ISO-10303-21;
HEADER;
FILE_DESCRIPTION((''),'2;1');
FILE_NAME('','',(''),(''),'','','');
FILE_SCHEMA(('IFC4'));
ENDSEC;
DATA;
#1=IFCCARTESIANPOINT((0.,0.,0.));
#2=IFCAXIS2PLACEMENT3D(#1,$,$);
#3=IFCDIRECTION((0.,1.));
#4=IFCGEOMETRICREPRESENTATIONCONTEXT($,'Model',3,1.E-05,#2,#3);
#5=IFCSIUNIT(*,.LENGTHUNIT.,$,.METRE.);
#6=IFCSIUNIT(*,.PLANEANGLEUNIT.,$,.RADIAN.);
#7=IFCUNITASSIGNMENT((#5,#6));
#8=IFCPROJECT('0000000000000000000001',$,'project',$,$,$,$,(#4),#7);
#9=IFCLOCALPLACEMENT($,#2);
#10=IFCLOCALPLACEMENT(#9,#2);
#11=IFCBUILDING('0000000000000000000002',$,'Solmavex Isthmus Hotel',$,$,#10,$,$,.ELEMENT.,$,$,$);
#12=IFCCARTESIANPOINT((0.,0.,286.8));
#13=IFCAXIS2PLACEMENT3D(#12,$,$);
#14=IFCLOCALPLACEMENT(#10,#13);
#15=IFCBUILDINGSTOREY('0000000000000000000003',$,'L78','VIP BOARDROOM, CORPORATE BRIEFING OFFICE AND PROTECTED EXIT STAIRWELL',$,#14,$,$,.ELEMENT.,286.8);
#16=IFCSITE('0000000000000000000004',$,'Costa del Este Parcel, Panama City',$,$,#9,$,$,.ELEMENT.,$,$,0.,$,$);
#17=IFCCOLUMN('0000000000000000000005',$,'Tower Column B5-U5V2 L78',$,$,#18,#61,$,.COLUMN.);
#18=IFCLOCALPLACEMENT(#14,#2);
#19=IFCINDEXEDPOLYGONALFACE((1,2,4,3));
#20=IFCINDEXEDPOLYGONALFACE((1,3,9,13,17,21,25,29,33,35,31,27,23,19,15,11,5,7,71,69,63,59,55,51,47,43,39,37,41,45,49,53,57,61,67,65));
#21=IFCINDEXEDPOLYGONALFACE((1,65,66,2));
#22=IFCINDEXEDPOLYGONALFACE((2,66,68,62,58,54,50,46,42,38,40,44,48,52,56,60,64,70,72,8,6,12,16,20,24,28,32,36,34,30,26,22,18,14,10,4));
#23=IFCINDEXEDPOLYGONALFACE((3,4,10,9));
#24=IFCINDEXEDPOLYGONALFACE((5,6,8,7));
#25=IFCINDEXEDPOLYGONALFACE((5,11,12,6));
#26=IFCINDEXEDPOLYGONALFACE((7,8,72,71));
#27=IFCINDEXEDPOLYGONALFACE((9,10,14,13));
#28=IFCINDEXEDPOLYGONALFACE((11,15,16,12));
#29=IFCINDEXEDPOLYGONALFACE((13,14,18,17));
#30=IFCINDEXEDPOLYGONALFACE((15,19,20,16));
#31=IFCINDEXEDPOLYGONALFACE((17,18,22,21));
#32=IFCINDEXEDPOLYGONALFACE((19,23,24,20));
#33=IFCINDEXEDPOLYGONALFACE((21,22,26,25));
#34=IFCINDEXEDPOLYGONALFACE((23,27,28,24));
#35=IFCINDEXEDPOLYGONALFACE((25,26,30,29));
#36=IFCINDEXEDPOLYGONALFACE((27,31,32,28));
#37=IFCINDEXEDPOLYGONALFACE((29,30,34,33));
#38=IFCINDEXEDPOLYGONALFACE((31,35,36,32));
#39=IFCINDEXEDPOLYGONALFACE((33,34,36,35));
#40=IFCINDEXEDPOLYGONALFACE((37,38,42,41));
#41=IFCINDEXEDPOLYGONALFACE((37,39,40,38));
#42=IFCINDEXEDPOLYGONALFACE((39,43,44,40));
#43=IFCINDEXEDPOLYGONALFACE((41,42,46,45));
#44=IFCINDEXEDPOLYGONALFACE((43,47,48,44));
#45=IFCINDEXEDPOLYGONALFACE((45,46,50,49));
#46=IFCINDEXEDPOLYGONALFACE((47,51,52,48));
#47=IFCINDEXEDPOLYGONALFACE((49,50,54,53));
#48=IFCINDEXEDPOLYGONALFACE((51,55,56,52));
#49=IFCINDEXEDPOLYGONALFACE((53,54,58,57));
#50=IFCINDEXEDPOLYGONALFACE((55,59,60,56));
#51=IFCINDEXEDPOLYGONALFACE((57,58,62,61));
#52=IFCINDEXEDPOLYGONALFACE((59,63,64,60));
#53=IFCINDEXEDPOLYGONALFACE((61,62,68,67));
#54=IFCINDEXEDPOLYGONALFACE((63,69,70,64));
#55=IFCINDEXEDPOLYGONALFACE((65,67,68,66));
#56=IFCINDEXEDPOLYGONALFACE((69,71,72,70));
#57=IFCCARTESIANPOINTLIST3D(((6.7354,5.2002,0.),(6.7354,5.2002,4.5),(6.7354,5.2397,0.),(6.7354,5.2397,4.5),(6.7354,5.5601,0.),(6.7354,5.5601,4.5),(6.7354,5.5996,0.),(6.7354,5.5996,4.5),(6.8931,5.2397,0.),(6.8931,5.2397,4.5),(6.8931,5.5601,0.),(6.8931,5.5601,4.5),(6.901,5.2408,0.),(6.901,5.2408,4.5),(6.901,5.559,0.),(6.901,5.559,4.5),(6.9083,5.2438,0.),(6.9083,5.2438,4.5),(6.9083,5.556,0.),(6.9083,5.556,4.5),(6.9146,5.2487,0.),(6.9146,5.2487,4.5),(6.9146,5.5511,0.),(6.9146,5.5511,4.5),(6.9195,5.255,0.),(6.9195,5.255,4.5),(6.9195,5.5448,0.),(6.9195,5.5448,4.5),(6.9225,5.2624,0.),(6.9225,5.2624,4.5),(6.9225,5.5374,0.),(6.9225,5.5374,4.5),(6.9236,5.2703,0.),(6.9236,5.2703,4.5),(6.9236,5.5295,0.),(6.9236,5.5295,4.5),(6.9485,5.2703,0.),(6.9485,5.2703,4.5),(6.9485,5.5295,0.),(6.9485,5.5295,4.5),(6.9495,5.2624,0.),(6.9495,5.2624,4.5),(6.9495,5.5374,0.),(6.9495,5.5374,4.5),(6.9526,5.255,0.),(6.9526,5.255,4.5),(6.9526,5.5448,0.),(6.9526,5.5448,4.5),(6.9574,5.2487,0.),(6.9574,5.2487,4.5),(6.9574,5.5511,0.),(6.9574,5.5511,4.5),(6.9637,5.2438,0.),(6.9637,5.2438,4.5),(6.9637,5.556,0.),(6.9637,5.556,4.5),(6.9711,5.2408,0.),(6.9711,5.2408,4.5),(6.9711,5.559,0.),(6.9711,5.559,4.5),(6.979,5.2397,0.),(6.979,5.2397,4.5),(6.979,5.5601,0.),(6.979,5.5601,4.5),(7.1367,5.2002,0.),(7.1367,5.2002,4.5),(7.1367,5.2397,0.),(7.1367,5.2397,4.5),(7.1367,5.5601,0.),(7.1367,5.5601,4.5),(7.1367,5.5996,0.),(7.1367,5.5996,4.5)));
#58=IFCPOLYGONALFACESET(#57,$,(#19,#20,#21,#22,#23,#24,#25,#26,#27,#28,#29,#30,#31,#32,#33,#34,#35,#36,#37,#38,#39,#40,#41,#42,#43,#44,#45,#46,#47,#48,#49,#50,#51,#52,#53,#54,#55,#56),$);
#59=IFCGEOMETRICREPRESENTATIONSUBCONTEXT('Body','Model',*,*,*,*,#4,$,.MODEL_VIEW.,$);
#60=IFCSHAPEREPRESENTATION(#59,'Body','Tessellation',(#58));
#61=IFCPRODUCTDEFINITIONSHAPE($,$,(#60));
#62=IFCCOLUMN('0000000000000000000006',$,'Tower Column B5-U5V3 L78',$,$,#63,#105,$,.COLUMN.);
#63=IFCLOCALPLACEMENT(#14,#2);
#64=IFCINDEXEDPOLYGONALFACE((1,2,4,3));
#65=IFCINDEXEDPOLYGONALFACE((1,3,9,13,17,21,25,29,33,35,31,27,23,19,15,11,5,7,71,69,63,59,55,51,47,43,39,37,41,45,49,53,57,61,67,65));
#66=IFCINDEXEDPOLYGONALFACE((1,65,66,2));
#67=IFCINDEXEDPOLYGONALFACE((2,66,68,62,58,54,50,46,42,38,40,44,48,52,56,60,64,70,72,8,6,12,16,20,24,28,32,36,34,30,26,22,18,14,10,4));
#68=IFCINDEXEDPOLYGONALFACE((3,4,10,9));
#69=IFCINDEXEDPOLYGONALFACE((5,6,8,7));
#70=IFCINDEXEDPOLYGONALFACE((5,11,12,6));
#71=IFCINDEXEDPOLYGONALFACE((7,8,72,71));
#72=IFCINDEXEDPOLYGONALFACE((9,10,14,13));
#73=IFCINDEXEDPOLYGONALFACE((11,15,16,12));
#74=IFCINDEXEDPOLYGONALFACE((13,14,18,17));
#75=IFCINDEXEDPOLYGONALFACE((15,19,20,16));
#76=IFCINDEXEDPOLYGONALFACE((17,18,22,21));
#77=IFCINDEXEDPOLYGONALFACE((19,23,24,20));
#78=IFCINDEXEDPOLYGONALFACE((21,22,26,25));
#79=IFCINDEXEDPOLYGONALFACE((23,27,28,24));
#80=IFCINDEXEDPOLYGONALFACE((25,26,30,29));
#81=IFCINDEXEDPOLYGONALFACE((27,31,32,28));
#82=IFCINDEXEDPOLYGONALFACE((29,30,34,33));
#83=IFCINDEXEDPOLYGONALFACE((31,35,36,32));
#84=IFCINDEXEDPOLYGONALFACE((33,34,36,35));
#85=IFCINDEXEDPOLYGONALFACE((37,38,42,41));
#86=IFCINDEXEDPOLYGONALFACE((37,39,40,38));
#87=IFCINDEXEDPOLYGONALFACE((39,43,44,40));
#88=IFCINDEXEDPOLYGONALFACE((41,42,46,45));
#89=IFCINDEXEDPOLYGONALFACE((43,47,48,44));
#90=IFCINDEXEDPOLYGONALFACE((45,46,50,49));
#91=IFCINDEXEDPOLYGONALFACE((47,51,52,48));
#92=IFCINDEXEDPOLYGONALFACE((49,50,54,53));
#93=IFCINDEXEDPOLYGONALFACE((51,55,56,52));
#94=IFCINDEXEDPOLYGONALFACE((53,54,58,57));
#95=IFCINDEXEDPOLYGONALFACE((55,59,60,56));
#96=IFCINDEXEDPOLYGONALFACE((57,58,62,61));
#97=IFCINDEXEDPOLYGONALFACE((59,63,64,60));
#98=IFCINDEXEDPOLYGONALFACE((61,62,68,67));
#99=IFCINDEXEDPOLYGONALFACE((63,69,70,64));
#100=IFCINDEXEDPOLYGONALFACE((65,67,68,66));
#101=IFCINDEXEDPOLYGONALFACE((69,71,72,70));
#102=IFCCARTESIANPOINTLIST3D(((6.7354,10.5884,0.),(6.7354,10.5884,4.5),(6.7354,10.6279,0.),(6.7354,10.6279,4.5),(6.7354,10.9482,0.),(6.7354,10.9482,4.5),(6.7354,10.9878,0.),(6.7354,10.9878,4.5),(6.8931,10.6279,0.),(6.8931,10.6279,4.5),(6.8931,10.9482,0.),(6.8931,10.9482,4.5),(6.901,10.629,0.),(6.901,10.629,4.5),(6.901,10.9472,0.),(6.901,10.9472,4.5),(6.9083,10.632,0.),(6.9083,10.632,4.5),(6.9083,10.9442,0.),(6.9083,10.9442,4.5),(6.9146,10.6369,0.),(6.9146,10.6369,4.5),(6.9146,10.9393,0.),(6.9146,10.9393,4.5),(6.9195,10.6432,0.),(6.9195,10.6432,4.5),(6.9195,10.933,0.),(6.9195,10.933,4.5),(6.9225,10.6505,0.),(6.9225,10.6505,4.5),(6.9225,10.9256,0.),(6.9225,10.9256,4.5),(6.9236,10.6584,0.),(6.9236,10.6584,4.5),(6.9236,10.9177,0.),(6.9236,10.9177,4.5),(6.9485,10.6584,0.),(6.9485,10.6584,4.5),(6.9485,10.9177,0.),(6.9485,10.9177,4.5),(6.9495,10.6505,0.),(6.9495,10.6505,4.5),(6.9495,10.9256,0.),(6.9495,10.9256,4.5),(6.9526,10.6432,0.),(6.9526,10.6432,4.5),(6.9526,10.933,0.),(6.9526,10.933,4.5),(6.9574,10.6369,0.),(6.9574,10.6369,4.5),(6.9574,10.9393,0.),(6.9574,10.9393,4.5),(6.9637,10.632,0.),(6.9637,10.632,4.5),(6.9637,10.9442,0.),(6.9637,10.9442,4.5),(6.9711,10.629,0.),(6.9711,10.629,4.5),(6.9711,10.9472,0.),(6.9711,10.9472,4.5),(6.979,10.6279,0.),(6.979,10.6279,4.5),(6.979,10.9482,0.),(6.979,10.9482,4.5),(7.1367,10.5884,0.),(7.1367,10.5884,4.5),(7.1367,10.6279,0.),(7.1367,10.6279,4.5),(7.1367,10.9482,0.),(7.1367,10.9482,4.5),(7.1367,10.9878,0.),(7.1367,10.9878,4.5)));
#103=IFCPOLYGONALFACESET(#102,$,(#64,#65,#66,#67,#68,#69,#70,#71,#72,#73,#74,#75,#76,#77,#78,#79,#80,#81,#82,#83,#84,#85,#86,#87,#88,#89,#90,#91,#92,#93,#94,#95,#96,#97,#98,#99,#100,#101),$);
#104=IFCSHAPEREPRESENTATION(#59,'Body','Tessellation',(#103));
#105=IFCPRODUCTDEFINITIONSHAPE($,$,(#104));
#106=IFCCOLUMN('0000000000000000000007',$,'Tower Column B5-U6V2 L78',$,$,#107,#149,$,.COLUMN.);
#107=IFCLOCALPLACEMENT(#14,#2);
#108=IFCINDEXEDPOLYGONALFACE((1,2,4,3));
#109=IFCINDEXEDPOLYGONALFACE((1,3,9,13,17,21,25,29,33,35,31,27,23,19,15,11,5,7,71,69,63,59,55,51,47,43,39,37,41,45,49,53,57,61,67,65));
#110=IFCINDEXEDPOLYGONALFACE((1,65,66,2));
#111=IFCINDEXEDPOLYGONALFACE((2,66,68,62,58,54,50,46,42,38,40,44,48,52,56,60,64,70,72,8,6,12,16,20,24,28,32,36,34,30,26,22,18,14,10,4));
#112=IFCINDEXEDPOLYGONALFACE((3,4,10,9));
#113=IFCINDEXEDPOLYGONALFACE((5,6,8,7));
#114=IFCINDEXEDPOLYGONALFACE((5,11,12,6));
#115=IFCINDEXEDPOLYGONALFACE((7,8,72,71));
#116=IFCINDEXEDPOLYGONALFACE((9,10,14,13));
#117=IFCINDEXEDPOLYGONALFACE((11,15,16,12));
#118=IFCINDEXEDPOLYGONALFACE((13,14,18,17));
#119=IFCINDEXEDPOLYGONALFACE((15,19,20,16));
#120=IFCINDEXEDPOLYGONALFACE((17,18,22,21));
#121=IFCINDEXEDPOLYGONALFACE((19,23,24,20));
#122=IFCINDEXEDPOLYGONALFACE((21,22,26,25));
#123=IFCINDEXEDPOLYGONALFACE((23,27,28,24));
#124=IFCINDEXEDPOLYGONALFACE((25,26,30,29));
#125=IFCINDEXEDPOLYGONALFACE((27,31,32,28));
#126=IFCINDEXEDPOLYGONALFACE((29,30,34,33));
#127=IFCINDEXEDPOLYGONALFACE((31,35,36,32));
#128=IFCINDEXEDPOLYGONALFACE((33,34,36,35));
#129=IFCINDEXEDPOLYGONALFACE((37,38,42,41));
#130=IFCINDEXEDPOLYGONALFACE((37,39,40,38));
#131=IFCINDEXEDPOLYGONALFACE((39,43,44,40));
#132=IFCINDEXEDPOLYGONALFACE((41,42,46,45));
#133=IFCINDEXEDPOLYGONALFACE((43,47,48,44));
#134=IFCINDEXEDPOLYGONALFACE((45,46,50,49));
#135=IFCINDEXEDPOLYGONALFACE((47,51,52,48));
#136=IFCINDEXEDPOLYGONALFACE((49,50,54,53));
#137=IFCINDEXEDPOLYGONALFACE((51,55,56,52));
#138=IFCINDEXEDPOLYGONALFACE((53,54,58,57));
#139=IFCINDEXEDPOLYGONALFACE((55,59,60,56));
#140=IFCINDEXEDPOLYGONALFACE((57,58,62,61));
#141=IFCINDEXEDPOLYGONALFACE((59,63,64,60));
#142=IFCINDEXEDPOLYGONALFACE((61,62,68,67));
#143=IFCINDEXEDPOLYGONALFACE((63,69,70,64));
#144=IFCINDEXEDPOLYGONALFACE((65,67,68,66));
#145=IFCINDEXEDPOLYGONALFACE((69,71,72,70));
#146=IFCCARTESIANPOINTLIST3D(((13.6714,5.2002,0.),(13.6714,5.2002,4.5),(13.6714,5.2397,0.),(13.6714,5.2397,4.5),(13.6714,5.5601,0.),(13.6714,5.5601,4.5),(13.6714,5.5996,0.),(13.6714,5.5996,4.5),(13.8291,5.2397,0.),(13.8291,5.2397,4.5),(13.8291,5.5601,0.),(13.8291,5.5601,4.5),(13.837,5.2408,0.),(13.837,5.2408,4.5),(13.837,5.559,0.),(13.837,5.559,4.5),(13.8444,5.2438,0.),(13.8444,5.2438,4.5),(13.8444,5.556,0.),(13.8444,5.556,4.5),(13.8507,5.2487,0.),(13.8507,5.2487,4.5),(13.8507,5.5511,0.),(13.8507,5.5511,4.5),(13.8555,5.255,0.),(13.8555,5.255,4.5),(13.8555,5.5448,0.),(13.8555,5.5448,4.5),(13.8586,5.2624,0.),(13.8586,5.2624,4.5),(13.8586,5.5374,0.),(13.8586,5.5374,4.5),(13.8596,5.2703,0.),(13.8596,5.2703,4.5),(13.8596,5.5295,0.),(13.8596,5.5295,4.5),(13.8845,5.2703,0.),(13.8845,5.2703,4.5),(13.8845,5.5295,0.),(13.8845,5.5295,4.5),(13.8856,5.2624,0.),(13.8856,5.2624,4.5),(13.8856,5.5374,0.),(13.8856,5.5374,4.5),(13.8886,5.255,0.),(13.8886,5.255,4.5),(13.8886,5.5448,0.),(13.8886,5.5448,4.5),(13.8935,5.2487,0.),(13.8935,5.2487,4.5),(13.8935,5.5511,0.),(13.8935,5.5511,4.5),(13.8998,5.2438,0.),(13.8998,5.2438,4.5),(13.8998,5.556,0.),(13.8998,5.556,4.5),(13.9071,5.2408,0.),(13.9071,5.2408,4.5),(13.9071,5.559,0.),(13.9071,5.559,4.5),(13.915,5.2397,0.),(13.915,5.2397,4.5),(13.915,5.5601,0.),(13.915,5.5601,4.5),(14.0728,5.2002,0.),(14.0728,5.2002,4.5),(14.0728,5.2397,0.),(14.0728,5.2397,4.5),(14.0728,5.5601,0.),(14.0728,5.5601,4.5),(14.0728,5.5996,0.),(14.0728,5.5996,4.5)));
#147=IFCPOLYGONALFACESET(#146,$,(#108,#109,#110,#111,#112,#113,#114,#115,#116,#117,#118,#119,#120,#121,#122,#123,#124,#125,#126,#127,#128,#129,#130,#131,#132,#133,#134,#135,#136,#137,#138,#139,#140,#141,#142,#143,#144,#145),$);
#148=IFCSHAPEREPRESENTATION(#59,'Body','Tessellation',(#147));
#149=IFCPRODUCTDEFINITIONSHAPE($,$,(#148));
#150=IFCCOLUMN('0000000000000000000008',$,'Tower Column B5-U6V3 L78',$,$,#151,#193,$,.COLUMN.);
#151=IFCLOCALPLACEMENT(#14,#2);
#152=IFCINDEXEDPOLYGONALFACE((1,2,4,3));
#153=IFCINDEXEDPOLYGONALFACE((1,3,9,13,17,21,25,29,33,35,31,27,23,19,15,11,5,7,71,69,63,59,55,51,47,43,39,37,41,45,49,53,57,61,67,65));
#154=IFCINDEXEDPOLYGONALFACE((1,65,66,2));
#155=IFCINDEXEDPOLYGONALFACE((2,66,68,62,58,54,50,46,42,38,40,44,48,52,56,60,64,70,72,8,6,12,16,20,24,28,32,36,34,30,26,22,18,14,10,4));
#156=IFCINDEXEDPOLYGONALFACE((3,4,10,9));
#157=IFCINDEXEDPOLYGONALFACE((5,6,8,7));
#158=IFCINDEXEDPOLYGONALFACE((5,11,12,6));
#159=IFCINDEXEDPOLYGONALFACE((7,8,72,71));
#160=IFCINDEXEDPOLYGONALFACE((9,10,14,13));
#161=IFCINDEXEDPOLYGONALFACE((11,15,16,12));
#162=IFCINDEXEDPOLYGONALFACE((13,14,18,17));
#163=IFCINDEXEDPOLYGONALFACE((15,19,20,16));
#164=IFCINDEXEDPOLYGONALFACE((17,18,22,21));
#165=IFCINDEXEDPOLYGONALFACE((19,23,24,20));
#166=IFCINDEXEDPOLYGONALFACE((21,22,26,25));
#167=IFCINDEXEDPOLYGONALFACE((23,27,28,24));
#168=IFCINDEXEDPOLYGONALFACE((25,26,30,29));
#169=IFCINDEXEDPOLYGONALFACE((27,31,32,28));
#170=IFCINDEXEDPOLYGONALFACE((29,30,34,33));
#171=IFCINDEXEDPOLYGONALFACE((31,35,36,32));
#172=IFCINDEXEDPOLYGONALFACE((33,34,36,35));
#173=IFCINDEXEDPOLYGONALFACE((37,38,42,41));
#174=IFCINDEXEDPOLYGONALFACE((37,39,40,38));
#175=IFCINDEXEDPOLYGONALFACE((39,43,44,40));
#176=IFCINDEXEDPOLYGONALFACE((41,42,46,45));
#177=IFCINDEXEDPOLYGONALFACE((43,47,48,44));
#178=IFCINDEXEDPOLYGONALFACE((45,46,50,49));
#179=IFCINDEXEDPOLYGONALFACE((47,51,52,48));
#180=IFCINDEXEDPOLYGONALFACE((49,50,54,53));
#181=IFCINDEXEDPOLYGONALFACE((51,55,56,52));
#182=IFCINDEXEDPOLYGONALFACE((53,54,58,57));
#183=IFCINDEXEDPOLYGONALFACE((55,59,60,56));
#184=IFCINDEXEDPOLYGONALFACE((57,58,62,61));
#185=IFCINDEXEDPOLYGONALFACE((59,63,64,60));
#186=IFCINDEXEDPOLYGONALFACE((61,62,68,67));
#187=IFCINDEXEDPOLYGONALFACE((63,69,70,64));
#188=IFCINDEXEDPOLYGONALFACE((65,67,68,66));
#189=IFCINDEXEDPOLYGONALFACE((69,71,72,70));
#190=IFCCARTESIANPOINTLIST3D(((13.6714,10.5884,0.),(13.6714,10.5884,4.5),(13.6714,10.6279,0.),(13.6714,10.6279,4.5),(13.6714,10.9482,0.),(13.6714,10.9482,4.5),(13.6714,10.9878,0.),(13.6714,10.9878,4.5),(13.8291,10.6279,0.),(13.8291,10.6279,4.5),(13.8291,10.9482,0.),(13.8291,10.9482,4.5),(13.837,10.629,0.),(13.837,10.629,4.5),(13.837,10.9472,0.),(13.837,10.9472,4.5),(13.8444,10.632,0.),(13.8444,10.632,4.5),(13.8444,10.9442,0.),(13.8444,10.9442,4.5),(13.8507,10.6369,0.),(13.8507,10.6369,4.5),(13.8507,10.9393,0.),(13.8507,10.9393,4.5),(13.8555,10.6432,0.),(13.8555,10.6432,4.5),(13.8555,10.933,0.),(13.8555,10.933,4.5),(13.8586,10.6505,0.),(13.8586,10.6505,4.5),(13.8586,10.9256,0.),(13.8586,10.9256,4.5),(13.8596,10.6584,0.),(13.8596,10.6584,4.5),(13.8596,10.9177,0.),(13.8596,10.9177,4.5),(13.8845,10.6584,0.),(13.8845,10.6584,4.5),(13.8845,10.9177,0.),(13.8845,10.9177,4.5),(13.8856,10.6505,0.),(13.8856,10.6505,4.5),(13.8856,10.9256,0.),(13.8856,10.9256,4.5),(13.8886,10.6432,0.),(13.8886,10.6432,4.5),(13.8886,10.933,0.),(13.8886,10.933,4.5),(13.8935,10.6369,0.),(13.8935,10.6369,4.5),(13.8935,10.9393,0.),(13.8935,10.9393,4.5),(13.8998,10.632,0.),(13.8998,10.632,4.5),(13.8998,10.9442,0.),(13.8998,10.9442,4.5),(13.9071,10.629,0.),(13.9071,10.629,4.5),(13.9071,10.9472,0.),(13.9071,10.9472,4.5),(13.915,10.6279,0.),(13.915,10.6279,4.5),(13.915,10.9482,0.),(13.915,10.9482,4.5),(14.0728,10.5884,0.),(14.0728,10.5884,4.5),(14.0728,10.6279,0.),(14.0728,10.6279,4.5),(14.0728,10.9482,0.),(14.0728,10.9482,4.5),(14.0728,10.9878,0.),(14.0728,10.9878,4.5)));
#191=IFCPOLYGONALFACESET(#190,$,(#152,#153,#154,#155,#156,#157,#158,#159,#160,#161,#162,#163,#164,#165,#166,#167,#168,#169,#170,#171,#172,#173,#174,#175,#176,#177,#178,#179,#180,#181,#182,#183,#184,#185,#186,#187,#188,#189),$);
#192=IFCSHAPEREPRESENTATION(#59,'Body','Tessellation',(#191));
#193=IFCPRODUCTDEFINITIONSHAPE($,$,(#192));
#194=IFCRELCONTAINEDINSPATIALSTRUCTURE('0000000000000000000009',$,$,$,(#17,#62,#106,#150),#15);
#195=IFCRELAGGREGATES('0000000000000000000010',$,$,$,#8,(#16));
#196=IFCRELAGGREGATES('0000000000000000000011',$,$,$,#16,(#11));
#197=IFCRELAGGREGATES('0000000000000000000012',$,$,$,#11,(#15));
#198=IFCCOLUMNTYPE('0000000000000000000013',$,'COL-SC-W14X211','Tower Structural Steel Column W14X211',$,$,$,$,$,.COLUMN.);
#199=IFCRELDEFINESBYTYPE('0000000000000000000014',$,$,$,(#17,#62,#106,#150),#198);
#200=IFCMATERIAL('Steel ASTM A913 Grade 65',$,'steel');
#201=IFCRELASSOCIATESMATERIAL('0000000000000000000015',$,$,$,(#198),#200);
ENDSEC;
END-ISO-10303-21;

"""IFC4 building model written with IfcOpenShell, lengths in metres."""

from ifc_helpers import new_model, si_unit, direction, frame, origin, origin_2d, place, context, subcontext, project, spatial, i_section, extrude, material, material_profile, profile_set, type_object, element, save


model = new_model("IFC4")

# Units and contexts
model_context = context("Model", 3, precision=1e-05, world=origin(), true_north=direction((0.0, 1.0)))
body_context = subcontext(model_context, "Body", "Model", "MODEL_VIEW")
ifc_project = project(units=[si_unit("LENGTHUNIT", "METRE"), si_unit("PLANEANGLEUNIT", "RADIAN")], contexts=[model_context])

# Site, building, storey
site_placement = place(None, origin())
site = spatial("IfcSite", under=ifc_project, at=site_placement, Name="Costa del Este Parcel, Panama City", CompositionType="ELEMENT", RefElevation=0.0)
building_placement = place(site_placement, origin())
building = spatial("IfcBuilding", under=site, at=building_placement, Name="Solmavex Isthmus Hotel", CompositionType="ELEMENT")
storey_placement = place(building_placement, frame((0.0, 0.0, 286.8)))
storey = spatial("IfcBuildingStorey", under=building, at=storey_placement, Name="L78", Description="VIP BOARDROOM, CORPORATE BRIEFING OFFICE AND PROTECTED EXIT STAIRWELL", CompositionType="ELEMENT", Elevation=286.8)

# Columns
ifc_material_1 = material(Name="Steel ASTM A913 Grade 65", Category="steel")
ifc_material_profile_1 = material_profile(ifc_material_1, i_section(OverallWidth=0.4014, OverallDepth=0.3994, WebThickness=0.0249, FlangeThickness=0.0396, FilletRadius=0.0305, at=origin_2d()), Name="W14X211")
ifc_profile_set_1 = profile_set([ifc_material_profile_1], Name="Steel ASTM A913 Grade 65")
column_type = type_object("IfcColumnType", Name="COL-SC-W14X211", Description="Tower Structural Steel Column W14X211", PredefinedType="COLUMN", material=ifc_profile_set_1)
for number, where, z_axis, x_axis, name in (
    (1, (6.936, 5.3999, 0.0), (0.0, 0.0, 1.0), (1.0, 0.0, 0.0), "Tower Column B5-U5V2 L78"),
    (2, (6.936, 10.7881, 0.0), (0.0, 0.0, 1.0), (1.0, 0.0, 0.0), "Tower Column B5-U5V3 L78"),
    (3, (13.8721, 5.3999, 0.0), (0.0, 0.0, 1.0), (1.0, 0.0, 0.0), "Tower Column B5-U6V2 L78"),
    (4, (13.8721, 10.7881, 0.0), (0.0, 0.0, 1.0), (1.0, 0.0, 0.0), "Tower Column B5-U6V3 L78"),
):
    element("IfcColumn", number, at=place(storey_placement, frame(where, z_axis=z_axis, x_axis=x_axis)), inside=storey, type_object=column_type, Name=name, PredefinedType="COLUMN", context=body_context, shape_type="SweptSolid", body=[
        extrude(i_section(OverallWidth=0.4014, OverallDepth=0.3994, WebThickness=0.0249, FlangeThickness=0.0396, FilletRadius=0.0305, at=origin_2d()), origin(), (0.0, 0.0, 1.0), 4.5),
    ])

save(model, "model.ifc")
